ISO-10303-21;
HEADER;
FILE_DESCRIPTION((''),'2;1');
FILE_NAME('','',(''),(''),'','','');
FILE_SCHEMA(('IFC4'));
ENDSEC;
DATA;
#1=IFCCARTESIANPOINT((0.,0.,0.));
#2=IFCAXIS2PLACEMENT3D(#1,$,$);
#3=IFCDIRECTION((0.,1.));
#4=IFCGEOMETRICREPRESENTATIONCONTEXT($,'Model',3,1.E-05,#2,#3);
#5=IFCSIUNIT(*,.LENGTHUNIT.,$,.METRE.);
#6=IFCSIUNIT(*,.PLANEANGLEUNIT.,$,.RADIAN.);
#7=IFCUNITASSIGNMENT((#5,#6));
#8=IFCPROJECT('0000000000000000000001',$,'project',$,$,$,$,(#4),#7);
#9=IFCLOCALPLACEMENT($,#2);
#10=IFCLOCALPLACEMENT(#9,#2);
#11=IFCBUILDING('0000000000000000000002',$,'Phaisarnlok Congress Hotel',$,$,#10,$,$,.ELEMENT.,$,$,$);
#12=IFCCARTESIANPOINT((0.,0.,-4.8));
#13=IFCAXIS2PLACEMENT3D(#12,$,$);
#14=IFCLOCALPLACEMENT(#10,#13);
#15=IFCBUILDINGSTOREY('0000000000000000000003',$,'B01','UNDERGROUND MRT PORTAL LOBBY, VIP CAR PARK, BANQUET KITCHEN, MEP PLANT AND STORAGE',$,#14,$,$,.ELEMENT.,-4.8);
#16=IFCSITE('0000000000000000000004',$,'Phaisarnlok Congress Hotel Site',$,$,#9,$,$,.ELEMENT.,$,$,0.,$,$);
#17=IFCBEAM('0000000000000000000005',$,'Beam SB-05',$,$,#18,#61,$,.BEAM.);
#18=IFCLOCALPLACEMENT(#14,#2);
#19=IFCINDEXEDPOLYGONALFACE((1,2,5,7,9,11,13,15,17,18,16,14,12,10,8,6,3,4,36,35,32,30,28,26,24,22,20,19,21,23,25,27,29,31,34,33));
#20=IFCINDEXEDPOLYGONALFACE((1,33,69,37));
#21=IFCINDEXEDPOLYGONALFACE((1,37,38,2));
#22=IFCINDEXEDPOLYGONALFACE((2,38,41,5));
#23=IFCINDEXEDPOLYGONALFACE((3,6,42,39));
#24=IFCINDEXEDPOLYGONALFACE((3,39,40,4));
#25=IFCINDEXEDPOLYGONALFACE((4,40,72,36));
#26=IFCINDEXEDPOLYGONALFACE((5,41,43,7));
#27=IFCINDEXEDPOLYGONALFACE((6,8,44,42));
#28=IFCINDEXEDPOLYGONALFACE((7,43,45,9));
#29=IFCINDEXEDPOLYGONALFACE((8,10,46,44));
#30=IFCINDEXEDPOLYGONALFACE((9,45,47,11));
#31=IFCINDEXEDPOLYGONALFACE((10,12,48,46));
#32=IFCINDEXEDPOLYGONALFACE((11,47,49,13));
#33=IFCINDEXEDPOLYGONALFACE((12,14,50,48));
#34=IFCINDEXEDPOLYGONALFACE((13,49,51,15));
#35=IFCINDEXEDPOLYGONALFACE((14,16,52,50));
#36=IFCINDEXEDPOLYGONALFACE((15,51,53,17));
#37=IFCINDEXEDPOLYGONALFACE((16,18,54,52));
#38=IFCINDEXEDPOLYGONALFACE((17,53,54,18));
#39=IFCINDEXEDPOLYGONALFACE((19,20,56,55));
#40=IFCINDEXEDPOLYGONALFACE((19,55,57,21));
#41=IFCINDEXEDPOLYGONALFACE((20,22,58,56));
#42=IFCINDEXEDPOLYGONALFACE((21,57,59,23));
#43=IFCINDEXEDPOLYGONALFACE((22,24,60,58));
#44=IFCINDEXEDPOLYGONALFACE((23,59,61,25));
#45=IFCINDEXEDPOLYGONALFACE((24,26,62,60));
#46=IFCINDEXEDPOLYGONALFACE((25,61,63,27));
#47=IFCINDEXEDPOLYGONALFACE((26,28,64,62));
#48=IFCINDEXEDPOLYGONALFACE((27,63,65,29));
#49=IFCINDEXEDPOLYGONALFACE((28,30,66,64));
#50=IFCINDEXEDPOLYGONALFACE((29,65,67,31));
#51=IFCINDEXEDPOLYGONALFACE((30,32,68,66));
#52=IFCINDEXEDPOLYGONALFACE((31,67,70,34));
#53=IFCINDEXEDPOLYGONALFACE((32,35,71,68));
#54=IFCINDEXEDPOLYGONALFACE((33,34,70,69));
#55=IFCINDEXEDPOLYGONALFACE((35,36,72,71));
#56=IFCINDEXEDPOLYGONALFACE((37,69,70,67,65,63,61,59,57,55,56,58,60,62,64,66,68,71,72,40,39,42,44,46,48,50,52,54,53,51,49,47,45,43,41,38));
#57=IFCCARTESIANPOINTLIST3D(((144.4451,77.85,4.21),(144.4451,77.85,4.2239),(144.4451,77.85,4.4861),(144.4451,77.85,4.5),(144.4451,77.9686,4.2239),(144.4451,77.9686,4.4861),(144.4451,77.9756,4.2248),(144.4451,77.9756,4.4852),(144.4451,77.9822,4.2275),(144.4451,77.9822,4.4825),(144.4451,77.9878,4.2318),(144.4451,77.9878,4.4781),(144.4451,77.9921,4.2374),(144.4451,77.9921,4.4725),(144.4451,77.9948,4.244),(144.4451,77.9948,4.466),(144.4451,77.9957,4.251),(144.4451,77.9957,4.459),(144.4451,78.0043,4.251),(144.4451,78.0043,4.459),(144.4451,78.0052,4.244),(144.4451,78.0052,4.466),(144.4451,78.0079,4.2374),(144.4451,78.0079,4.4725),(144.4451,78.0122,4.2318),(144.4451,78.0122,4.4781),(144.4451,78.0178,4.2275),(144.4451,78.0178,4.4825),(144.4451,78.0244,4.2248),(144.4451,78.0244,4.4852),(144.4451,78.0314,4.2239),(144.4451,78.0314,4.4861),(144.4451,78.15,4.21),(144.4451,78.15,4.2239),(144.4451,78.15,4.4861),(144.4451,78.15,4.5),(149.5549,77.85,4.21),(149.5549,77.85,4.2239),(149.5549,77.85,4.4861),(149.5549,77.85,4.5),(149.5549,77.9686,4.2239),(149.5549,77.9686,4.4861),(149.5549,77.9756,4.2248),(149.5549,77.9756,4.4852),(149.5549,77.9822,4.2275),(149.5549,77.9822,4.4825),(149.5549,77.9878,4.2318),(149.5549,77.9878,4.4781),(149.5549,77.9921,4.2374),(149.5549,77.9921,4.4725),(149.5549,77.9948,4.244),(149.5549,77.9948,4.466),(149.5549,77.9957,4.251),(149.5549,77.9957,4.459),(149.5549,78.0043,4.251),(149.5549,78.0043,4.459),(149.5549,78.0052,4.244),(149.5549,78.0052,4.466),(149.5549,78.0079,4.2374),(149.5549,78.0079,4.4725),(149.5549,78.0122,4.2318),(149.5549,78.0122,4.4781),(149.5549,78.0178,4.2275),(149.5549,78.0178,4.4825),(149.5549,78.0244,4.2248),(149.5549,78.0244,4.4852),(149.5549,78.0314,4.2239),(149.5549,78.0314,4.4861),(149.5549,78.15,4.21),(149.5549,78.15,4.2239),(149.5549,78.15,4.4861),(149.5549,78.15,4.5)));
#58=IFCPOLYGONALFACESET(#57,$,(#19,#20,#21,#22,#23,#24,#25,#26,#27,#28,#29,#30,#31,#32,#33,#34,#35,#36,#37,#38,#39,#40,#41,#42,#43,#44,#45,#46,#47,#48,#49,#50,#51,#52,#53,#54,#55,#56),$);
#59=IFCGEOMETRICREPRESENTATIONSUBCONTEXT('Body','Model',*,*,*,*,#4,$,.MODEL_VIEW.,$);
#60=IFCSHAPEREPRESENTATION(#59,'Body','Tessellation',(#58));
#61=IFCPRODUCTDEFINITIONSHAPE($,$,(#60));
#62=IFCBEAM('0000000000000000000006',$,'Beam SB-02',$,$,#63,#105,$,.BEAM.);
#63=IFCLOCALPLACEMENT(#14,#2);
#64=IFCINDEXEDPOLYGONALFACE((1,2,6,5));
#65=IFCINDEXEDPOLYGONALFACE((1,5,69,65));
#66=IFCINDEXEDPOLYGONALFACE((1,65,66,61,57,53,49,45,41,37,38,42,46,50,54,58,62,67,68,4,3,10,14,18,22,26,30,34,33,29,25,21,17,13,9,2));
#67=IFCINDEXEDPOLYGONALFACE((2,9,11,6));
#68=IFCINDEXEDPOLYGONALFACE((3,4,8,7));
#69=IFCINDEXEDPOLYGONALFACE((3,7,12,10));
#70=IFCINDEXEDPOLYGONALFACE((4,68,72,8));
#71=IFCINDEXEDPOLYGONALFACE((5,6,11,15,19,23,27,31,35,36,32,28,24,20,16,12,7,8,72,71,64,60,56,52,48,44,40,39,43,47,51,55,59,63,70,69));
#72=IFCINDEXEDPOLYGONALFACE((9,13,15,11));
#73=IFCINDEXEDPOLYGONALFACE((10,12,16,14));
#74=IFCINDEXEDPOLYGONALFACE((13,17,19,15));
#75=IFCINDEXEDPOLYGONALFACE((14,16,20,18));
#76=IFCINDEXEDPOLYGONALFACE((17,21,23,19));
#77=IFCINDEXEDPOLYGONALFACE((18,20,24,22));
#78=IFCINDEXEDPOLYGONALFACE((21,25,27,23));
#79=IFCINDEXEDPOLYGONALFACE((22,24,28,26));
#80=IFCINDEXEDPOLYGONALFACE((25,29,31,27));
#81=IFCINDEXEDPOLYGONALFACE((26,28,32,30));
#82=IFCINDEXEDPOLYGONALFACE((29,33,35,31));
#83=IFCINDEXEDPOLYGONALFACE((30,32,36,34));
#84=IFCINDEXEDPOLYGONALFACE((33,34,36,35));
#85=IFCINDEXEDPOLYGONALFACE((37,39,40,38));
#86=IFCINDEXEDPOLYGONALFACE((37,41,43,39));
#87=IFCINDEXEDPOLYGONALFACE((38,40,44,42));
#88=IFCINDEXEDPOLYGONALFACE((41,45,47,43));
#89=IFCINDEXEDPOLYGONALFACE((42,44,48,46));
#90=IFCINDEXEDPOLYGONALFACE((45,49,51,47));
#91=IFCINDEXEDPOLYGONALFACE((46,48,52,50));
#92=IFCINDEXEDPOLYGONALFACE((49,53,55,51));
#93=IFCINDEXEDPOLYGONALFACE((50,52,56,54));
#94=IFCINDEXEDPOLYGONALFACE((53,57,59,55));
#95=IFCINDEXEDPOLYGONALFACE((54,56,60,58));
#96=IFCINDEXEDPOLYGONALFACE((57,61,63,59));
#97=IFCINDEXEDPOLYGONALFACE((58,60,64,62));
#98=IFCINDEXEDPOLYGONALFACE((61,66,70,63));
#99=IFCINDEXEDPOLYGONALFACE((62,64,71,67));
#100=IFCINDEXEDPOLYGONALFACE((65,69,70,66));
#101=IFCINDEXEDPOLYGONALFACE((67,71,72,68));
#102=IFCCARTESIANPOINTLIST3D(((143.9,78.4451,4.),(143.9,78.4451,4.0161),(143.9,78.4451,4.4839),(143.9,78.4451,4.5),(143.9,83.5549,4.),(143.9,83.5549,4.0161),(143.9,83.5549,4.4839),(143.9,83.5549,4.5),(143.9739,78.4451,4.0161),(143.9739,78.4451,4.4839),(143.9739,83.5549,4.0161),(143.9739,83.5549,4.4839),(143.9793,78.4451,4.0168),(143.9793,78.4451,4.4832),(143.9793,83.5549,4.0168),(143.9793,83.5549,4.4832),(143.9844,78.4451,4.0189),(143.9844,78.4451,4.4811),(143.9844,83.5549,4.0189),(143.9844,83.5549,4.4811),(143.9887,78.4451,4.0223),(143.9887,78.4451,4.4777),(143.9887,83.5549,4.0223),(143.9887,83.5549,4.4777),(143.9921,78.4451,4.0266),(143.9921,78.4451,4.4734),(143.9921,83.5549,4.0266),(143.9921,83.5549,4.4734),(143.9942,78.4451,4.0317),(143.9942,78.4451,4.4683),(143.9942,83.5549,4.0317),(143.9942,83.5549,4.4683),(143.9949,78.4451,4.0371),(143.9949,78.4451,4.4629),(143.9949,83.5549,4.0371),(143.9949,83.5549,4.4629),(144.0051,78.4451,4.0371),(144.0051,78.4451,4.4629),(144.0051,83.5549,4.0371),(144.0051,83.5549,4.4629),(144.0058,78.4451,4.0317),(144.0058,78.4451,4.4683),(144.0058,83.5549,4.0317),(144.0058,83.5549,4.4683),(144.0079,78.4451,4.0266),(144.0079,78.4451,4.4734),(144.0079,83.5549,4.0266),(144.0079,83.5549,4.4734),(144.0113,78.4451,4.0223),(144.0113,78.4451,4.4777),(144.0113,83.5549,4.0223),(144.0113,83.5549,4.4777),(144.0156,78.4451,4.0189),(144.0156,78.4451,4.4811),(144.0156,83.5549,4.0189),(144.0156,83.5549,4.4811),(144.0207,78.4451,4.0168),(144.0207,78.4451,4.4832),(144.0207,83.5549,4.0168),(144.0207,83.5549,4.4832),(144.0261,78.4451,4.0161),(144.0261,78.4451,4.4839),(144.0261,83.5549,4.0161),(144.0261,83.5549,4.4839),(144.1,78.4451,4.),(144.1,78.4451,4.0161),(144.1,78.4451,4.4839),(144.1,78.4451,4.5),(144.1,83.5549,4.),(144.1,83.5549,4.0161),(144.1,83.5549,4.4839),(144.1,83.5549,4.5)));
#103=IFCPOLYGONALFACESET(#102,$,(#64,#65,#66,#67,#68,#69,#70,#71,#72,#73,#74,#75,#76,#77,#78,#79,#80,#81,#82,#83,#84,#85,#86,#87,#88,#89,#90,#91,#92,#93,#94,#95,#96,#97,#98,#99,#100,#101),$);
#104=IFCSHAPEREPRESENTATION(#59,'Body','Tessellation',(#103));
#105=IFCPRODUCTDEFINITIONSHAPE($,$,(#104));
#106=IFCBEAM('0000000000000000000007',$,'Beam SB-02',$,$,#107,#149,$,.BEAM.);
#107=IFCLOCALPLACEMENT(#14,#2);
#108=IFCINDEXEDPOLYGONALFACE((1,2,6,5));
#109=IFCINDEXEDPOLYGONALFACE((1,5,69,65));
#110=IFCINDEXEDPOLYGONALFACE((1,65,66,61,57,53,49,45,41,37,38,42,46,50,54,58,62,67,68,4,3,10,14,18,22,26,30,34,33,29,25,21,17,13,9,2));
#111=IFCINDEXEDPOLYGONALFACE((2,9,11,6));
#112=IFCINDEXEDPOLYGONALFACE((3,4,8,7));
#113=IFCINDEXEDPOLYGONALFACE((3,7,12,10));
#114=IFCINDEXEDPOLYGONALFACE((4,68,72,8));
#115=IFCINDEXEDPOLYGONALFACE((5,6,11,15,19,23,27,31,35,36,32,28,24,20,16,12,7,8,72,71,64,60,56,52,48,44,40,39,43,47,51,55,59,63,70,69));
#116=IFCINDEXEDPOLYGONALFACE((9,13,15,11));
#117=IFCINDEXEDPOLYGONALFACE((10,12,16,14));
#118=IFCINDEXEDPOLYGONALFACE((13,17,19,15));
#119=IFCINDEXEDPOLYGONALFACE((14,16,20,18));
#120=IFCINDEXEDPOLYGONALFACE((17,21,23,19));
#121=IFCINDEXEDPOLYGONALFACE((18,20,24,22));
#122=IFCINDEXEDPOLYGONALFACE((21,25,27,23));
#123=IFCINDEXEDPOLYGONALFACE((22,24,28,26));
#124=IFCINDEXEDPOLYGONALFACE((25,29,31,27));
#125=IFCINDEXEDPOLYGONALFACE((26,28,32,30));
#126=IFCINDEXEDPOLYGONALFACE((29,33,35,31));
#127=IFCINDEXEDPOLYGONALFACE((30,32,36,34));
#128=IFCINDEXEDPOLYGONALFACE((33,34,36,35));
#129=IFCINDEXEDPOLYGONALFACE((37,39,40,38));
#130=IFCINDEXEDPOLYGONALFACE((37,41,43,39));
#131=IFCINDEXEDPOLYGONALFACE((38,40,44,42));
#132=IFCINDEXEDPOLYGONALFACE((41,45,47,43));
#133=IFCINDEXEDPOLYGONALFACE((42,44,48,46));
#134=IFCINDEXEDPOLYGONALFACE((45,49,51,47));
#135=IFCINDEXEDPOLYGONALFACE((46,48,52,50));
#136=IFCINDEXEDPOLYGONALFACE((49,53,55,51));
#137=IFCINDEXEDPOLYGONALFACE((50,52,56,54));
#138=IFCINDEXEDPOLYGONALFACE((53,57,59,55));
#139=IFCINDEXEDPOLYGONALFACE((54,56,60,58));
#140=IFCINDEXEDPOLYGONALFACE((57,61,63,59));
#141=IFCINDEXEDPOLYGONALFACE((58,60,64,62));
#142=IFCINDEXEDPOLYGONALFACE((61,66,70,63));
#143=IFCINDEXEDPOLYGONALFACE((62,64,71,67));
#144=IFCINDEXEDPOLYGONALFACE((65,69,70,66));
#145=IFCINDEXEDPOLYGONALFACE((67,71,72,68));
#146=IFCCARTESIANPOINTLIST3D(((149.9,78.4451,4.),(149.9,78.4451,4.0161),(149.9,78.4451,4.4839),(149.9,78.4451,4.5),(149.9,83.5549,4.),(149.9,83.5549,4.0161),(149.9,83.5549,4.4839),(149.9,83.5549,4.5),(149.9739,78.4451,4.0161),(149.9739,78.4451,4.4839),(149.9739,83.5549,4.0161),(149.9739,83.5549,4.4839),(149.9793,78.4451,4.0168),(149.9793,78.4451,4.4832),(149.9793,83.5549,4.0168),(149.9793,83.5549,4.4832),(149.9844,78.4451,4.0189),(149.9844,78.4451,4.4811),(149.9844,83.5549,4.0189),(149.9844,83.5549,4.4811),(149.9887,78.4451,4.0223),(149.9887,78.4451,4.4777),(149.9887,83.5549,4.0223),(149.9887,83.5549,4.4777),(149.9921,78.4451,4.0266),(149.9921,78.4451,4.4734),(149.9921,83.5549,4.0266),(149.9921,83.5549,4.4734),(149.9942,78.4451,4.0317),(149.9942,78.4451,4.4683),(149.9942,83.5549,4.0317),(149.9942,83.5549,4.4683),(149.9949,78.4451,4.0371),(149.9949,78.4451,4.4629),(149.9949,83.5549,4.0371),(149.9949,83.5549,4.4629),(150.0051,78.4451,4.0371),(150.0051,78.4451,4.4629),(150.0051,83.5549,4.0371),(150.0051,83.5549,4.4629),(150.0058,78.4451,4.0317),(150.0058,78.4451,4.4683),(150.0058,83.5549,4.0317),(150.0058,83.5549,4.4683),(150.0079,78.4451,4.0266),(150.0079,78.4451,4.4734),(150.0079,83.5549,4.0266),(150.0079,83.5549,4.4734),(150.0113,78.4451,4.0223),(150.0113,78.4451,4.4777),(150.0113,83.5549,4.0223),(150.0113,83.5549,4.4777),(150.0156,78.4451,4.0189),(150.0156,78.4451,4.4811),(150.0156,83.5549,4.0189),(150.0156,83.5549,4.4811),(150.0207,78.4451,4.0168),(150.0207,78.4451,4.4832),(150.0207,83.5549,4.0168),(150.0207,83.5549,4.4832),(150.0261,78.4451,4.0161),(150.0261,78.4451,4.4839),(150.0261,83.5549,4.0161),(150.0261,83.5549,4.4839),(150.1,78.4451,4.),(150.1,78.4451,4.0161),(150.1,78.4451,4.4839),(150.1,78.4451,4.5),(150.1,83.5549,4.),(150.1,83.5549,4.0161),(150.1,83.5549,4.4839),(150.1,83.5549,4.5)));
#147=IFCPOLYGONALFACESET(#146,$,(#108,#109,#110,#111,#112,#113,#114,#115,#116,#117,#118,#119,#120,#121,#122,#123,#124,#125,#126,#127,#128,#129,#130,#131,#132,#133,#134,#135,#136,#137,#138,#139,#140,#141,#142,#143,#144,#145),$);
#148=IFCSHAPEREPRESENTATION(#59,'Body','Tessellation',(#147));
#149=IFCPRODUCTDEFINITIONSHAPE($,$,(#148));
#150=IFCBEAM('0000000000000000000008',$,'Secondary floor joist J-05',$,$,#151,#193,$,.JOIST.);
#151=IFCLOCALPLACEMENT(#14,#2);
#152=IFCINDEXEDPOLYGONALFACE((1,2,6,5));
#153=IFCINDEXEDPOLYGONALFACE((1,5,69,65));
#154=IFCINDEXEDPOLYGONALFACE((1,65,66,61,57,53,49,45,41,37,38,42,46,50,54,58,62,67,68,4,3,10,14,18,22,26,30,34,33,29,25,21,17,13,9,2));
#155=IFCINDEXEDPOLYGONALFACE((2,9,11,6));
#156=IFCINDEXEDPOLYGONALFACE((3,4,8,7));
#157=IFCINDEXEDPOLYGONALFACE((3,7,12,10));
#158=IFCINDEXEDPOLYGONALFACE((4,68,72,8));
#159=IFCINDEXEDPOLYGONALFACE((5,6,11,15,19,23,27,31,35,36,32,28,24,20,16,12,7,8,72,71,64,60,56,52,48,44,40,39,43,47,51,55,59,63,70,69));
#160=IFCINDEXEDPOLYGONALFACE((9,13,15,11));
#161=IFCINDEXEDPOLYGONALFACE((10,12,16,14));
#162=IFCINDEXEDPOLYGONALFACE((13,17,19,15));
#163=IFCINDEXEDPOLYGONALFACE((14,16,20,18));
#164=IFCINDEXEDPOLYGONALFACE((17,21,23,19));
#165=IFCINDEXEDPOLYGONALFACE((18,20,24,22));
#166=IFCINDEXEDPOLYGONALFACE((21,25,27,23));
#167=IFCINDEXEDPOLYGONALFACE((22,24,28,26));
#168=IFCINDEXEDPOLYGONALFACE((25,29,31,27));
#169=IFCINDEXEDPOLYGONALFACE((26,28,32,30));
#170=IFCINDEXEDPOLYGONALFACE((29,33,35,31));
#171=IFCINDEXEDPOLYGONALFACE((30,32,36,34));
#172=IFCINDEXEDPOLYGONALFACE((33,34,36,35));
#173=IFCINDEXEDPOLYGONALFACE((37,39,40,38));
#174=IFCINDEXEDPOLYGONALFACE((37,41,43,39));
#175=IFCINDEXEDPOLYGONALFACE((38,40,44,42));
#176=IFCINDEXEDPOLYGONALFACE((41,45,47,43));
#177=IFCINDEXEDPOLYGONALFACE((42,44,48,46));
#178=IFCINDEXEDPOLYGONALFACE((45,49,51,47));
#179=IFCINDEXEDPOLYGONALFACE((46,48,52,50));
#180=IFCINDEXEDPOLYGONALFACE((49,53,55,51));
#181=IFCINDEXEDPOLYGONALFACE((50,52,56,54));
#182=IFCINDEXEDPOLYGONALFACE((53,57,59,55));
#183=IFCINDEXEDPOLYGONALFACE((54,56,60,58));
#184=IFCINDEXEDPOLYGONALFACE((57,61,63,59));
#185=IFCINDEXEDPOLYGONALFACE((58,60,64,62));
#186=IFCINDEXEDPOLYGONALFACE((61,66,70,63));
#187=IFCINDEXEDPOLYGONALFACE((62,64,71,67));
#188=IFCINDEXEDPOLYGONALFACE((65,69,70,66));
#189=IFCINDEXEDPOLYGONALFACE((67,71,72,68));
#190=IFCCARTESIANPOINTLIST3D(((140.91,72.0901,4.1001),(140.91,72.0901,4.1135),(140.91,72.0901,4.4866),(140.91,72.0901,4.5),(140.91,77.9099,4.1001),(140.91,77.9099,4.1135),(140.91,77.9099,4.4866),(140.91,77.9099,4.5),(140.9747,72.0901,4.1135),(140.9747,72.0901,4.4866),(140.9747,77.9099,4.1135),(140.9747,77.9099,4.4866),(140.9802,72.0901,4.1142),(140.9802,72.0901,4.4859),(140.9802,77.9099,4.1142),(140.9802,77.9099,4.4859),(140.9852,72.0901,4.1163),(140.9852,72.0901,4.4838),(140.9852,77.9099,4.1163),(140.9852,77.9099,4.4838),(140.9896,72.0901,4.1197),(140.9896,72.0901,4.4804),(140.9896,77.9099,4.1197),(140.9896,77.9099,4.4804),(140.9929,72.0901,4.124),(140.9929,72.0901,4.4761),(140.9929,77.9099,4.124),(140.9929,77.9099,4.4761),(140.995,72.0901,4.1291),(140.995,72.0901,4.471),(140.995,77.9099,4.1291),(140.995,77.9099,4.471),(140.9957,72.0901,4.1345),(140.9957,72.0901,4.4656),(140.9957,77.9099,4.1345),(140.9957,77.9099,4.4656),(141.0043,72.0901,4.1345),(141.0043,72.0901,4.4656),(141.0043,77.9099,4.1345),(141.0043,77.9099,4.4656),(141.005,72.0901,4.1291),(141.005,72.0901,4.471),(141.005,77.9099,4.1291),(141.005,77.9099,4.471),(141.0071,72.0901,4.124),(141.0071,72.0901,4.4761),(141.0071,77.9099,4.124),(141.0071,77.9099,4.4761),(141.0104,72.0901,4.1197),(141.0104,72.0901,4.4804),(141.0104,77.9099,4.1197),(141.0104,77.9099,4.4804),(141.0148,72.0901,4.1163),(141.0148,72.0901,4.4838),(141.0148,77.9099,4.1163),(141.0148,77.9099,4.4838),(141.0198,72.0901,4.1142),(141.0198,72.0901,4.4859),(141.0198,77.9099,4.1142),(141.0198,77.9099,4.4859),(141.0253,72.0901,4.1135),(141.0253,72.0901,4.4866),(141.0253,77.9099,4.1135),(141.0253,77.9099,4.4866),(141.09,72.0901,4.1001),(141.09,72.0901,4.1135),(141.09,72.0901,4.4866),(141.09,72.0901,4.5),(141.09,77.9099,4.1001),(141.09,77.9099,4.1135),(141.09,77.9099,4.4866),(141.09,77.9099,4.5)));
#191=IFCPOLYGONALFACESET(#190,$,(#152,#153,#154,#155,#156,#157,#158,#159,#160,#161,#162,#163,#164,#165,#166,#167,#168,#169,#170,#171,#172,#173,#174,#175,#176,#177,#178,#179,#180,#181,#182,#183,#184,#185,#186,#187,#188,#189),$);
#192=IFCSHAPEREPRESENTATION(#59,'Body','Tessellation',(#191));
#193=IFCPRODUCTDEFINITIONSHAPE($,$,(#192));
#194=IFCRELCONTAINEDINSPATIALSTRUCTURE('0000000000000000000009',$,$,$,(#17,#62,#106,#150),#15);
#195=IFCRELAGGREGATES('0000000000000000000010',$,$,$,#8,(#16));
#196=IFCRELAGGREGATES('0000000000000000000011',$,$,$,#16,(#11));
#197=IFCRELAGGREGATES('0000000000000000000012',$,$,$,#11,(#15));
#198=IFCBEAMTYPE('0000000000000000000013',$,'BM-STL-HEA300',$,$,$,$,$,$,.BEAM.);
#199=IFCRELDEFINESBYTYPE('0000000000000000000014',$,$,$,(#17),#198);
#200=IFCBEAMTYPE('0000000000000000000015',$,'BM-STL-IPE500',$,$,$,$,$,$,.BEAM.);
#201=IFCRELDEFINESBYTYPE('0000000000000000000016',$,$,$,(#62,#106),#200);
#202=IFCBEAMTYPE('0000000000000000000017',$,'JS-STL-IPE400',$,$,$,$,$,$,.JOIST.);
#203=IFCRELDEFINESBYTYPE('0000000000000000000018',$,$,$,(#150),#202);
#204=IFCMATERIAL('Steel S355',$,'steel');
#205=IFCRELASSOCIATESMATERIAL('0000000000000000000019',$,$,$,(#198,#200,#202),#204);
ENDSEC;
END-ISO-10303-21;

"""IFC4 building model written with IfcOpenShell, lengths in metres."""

from ifc_helpers import new_model, si_unit, direction, frame, origin, origin_2d, place, context, subcontext, project, spatial, i_section, extrude, material, material_profile, profile_set, type_object, element, save


model = new_model("IFC4")

# Units and contexts
model_context = context("Model", 3, precision=1e-05, world=origin(), true_north=direction((0.0, 1.0)))
body_context = subcontext(model_context, "Body", "Model", "MODEL_VIEW")
ifc_project = project(units=[si_unit("LENGTHUNIT", "METRE"), si_unit("PLANEANGLEUNIT", "RADIAN")], contexts=[model_context])

# Site, building, storey
site_placement = place(None, origin())
site = spatial("IfcSite", under=ifc_project, at=site_placement, Name="Phaisarnlok Congress Hotel Site", CompositionType="ELEMENT", RefElevation=0.0)
building_placement = place(site_placement, origin())
building = spatial("IfcBuilding", under=site, at=building_placement, Name="Phaisarnlok Congress Hotel", CompositionType="ELEMENT")
storey_placement = place(building_placement, frame((0.0, 0.0, -4.8)))
storey = spatial("IfcBuildingStorey", under=building, at=storey_placement, Name="B01", Description="UNDERGROUND MRT PORTAL LOBBY, VIP CAR PARK, BANQUET KITCHEN, MEP PLANT AND STORAGE", CompositionType="ELEMENT", Elevation=-4.8)

# Beams
ifc_material_1 = material(Name="Steel S355", Category="steel")
ifc_material_profile_1 = material_profile(ifc_material_1, i_section(OverallWidth=0.3, OverallDepth=0.29, WebThickness=0.0085, FlangeThickness=0.0139, FilletRadius=0.0271, at=origin_2d()), Name="HEA 300")
ifc_profile_set_1 = profile_set([ifc_material_profile_1], Name="Steel S355")
beam_type_1 = type_object("IfcBeamType", Name="BM-STL-HEA300", PredefinedType="BEAM", material=ifc_profile_set_1)
beam_1_placement = place(storey_placement, frame((144.4451, 78.0, 4.355), z_axis=(1.0, 0.0, 0.0), x_axis=(0.0, 1.0, 0.0)))
element("IfcBeam", 1, at=beam_1_placement, inside=storey, type_object=beam_type_1, Name="Beam SB-05", PredefinedType="BEAM", context=body_context, shape_type="SweptSolid", body=[
    extrude(i_section(OverallWidth=0.3, OverallDepth=0.29, WebThickness=0.0085, FlangeThickness=0.0139, FilletRadius=0.0271, at=origin_2d()), origin(), (0.0, 0.0, 1.0), 5.1099),
])
ifc_material_profile_2 = material_profile(ifc_material_1, i_section(OverallWidth=0.2, OverallDepth=0.5, WebThickness=0.0103, FlangeThickness=0.0161, FilletRadius=0.021, at=origin_2d()), Name="IPE 500")
ifc_profile_set_2 = profile_set([ifc_material_profile_2], Name="Steel S355")
beam_type_2 = type_object("IfcBeamType", Name="BM-STL-IPE500", PredefinedType="BEAM", material=ifc_profile_set_2)
for number, where, z_axis, x_axis, name in (
    (2, (144.0, 78.4451, 4.25), (0.0, 1.0, 0.0), (-1.0, 0.0, 0.0), "Beam SB-02"),
    (3, (150.0, 78.4451, 4.25), (0.0, 1.0, 0.0), (-1.0, 0.0, 0.0), "Beam SB-02"),
):
    element("IfcBeam", number, at=place(storey_placement, frame(where, z_axis=z_axis, x_axis=x_axis)), inside=storey, type_object=beam_type_2, Name=name, PredefinedType="BEAM", context=body_context, shape_type="SweptSolid", body=[
        extrude(i_section(OverallWidth=0.2, OverallDepth=0.5, WebThickness=0.0103, FlangeThickness=0.0161, FilletRadius=0.021, at=origin_2d()), origin(), (0.0, 0.0, 1.0), 5.1099),
    ])
ifc_material_profile_3 = material_profile(ifc_material_1, i_section(OverallWidth=0.1799, OverallDepth=0.3999, WebThickness=0.0085, FlangeThickness=0.0134, FilletRadius=0.021, at=origin_2d()), Name="IPE 400")
ifc_profile_set_3 = profile_set([ifc_material_profile_3], Name="Steel S355")
beam_type_3 = type_object("IfcBeamType", Name="JS-STL-IPE400", PredefinedType="JOIST", material=ifc_profile_set_3)
for number, where, z_axis, x_axis, name in (
    (4, (141.0, 72.0901, 4.3), (0.0, 1.0, 0.0), (-1.0, 0.0, 0.0), "Secondary floor joist J-05"),
):
    element("IfcBeam", number, at=place(storey_placement, frame(where, z_axis=z_axis, x_axis=x_axis)), inside=storey, type_object=beam_type_3, Name=name, PredefinedType="JOIST", context=body_context, shape_type="SweptSolid", body=[
        extrude(i_section(OverallWidth=0.1799, OverallDepth=0.3999, WebThickness=0.0085, FlangeThickness=0.0134, FilletRadius=0.021, at=origin_2d()), origin(), (0.0, 0.0, 1.0), 5.8198),
    ])

save(model, "model.ifc")
